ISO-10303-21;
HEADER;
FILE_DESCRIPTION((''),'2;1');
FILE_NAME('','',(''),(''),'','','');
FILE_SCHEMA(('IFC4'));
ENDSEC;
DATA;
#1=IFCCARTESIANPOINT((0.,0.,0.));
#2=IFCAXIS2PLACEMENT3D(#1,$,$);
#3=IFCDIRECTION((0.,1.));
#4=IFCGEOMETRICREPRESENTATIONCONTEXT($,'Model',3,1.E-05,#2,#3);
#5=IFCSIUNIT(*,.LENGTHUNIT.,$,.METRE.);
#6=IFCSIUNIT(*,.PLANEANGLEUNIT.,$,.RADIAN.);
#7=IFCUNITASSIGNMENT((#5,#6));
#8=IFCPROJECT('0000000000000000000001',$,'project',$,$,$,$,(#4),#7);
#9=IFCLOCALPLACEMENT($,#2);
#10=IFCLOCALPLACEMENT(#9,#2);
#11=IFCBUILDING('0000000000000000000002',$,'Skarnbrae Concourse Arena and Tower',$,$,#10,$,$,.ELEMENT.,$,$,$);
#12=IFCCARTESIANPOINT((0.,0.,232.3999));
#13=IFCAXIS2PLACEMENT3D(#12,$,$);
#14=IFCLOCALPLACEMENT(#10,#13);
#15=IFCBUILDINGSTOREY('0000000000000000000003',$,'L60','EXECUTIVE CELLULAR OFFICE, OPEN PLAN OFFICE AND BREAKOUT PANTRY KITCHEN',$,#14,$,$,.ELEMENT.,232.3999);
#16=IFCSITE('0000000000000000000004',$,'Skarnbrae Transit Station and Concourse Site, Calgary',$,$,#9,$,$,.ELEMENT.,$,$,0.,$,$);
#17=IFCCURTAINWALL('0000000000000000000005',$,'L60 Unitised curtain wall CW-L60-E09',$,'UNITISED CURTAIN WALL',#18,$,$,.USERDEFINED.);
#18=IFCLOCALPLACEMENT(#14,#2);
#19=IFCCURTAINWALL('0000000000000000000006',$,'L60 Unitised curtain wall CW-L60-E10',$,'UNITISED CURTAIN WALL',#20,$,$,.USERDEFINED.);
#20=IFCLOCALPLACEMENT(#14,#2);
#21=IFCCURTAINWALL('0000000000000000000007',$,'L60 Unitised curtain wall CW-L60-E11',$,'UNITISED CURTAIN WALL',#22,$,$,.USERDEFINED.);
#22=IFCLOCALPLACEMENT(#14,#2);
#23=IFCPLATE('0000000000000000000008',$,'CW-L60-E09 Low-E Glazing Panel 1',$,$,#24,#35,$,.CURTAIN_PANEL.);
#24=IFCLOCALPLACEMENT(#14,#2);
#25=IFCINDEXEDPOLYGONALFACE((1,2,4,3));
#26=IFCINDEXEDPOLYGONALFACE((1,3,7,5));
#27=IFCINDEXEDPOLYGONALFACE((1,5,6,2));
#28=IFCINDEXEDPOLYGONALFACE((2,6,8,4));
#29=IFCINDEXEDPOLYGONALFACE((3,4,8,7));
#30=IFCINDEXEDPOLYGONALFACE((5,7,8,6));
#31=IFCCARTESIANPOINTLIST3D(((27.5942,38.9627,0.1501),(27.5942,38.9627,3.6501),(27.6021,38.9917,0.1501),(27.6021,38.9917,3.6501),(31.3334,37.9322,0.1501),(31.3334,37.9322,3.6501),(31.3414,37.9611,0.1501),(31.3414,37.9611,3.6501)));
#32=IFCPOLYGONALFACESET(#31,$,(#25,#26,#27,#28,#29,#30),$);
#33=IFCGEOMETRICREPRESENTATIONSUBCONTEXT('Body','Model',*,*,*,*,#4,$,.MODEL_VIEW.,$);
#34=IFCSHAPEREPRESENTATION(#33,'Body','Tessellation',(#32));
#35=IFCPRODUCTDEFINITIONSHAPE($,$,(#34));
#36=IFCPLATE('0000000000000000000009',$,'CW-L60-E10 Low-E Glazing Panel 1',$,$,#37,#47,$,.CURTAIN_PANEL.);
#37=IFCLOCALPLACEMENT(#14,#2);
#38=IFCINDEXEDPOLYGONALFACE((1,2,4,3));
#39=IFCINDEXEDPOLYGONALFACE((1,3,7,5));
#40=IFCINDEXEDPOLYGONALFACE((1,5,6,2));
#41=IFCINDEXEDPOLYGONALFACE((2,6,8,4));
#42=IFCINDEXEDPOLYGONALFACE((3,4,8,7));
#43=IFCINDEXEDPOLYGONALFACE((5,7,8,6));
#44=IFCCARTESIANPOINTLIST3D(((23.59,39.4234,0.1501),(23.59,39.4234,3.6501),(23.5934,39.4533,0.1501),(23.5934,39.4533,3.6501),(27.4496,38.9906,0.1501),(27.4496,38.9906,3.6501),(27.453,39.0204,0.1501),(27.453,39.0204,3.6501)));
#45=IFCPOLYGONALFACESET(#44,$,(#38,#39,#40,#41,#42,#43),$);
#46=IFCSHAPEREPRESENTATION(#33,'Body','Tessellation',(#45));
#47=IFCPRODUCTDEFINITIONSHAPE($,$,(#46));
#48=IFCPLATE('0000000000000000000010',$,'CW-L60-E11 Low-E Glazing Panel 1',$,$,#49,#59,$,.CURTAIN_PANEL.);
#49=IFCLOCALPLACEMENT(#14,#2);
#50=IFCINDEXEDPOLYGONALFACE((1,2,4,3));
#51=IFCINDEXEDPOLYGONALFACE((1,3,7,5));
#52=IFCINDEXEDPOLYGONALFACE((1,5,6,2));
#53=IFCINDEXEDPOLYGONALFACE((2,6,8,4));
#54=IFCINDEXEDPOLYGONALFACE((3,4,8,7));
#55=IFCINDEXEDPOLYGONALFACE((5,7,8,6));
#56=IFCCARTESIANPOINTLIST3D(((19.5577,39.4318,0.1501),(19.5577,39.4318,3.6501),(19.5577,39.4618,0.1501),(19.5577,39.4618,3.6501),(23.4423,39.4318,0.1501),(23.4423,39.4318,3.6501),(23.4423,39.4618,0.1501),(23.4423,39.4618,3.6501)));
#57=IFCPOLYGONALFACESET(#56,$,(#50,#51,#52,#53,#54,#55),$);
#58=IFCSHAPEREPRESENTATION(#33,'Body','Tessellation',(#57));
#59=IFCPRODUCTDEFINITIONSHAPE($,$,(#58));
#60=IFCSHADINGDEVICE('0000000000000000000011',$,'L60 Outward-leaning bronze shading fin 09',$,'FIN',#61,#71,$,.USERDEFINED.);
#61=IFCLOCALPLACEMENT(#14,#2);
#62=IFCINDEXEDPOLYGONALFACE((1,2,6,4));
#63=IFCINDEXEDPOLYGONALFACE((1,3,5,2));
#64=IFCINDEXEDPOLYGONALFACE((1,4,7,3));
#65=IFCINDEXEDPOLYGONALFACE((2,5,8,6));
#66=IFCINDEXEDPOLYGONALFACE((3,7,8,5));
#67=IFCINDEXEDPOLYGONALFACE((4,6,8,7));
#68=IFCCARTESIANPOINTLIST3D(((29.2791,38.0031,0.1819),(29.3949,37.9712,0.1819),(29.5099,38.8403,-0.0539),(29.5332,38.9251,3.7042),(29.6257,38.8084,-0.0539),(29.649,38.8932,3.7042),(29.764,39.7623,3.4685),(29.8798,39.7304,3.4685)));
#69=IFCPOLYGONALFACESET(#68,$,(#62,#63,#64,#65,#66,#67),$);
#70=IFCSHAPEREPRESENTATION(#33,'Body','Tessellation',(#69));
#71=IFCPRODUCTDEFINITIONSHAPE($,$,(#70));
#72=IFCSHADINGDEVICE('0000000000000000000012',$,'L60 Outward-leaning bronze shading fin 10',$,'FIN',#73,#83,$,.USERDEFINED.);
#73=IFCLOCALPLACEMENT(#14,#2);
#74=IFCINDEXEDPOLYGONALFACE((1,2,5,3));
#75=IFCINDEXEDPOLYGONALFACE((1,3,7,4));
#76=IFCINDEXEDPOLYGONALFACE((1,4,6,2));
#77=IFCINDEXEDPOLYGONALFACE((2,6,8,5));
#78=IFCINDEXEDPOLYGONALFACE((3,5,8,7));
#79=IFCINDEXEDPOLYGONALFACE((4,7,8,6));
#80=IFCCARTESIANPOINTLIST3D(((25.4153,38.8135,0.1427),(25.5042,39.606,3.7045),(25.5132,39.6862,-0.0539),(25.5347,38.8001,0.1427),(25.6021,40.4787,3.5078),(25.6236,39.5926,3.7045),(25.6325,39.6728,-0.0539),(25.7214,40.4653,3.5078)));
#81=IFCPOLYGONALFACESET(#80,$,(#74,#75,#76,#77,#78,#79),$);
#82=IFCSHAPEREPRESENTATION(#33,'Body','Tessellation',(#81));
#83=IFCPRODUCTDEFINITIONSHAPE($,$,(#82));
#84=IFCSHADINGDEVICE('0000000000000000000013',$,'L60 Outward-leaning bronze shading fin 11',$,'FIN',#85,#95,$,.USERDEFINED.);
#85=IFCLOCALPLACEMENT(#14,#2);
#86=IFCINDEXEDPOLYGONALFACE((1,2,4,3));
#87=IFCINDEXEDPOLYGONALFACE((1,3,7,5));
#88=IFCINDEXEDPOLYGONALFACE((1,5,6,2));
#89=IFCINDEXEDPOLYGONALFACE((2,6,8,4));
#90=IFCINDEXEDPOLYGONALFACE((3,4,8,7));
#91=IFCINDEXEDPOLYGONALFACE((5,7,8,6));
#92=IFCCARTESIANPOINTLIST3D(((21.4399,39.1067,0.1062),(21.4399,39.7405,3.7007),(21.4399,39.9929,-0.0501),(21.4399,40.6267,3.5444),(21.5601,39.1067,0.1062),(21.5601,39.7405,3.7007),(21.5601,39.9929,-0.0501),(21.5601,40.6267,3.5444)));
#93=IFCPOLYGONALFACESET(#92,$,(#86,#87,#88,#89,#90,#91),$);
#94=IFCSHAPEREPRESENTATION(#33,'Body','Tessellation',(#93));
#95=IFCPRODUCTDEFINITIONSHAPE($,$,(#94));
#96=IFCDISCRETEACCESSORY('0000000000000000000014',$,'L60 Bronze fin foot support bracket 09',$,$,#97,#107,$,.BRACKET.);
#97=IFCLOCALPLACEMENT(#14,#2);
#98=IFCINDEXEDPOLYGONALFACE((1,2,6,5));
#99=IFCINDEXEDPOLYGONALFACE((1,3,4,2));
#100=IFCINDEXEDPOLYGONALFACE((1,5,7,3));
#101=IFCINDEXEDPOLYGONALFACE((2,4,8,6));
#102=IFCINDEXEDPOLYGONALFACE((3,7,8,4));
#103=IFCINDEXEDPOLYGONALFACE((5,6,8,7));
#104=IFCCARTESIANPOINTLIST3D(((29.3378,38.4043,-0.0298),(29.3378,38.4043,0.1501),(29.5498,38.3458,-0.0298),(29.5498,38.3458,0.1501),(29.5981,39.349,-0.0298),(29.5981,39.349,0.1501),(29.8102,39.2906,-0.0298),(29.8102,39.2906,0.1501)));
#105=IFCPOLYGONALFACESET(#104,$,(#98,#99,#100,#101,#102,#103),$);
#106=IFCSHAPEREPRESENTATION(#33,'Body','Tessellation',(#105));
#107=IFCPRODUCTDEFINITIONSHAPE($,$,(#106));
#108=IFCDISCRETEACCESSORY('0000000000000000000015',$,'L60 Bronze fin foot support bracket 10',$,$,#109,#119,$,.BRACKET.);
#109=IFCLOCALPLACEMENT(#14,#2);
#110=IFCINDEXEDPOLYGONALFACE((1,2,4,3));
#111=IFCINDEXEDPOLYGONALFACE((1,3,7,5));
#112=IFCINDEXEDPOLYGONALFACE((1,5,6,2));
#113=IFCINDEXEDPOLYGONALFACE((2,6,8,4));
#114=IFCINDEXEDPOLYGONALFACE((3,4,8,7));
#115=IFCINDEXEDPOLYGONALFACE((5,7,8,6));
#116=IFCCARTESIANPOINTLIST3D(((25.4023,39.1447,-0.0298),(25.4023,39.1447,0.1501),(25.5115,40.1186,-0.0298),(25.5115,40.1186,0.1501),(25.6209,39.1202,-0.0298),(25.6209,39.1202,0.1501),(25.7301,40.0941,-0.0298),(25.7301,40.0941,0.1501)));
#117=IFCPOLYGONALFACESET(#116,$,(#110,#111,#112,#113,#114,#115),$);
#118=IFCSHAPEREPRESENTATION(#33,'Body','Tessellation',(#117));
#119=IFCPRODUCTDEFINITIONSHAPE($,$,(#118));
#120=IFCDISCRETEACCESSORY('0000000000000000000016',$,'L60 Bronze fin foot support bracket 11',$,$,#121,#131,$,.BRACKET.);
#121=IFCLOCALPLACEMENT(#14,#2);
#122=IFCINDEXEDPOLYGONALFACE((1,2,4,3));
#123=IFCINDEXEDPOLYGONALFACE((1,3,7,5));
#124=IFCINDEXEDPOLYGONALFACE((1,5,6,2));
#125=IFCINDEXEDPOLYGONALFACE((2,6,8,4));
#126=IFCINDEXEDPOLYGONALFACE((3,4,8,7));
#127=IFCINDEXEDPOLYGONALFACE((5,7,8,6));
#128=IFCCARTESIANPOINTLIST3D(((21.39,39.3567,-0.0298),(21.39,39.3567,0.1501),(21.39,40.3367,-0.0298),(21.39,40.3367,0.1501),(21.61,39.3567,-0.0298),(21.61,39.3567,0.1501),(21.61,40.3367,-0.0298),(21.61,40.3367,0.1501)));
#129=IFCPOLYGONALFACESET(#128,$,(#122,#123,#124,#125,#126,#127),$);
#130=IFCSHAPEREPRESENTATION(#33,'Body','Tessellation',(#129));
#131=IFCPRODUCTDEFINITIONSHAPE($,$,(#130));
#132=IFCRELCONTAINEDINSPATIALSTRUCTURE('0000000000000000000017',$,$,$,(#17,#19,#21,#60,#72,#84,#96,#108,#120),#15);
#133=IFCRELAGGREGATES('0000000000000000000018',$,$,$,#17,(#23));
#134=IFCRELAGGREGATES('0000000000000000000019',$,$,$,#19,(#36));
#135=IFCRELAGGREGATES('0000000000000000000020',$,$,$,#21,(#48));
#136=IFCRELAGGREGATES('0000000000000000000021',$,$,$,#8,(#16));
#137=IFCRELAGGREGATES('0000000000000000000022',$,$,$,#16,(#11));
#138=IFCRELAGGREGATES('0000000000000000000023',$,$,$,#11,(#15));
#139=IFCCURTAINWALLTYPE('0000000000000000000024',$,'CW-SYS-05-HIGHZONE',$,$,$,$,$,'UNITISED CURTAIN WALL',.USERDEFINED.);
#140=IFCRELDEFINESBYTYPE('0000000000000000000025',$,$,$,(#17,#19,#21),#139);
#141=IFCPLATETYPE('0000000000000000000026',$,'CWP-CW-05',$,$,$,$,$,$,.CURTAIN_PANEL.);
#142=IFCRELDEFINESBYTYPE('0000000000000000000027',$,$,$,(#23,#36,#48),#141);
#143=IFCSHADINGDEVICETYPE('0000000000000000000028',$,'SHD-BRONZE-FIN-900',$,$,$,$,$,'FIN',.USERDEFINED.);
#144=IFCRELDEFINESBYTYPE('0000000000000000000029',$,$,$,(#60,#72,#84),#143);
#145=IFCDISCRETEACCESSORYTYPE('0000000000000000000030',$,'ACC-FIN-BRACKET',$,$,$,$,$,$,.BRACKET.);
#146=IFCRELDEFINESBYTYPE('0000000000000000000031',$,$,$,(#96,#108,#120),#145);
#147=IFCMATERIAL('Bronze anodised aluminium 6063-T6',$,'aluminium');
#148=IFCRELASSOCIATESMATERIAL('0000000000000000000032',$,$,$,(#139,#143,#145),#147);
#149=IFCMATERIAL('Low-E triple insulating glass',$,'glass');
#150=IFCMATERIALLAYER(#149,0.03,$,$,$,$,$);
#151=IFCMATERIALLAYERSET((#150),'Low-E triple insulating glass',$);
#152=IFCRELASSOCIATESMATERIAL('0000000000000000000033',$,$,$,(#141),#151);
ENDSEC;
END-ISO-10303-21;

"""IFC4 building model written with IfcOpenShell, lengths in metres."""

from ifc_helpers import new_model, si_unit, direction, frame, origin, origin_2d, place, context, subcontext, project, spatial, rectangle, extrude, source, transform, mapped, material, layer, layer_set, type_object, element, aggregate, save


model = new_model("IFC4")

# Units and contexts
model_context = context("Model", 3, precision=1e-05, world=origin(), true_north=direction((0.0, 1.0)))
body_context = subcontext(model_context, "Body", "Model", "MODEL_VIEW")
ifc_project = project(units=[si_unit("LENGTHUNIT", "METRE"), si_unit("PLANEANGLEUNIT", "RADIAN")], contexts=[model_context])

# Site, building, storey
site_placement = place(None, origin())
site = spatial("IfcSite", under=ifc_project, at=site_placement, Name="Skarnbrae Transit Station and Concourse Site, Calgary", CompositionType="ELEMENT", RefElevation=0.0)
building_placement = place(site_placement, origin())
building = spatial("IfcBuilding", under=site, at=building_placement, Name="Skarnbrae Concourse Arena and Tower", CompositionType="ELEMENT")
storey_placement = place(building_placement, frame((0.0, 0.0, 232.3999)))
storey = spatial("IfcBuildingStorey", under=building, at=storey_placement, Name="L60", Description="EXECUTIVE CELLULAR OFFICE, OPEN PLAN OFFICE AND BREAKOUT PANTRY KITCHEN", CompositionType="ELEMENT", Elevation=232.3999)

# Curtain walls
ifc_material_1 = material(Name="Bronze anodised aluminium 6063-T6", Category="aluminium")
curtain_wall_type = type_object("IfcCurtainWallType", Name="CW-SYS-05-HIGHZONE", ElementType="UNITISED CURTAIN WALL", PredefinedType="USERDEFINED", material=ifc_material_1)
curtain_wall_1_placement = place(storey_placement, origin())
curtain_wall_1 = element("IfcCurtainWall", 1, at=curtain_wall_1_placement, inside=storey, type_object=curtain_wall_type, Name="L60 Unitised curtain wall CW-L60-E09", ObjectType="UNITISED CURTAIN WALL", PredefinedType="USERDEFINED")
curtain_wall_2_placement = place(storey_placement, origin())
curtain_wall_2 = element("IfcCurtainWall", 2, at=curtain_wall_2_placement, inside=storey, type_object=curtain_wall_type, Name="L60 Unitised curtain wall CW-L60-E10", ObjectType="UNITISED CURTAIN WALL", PredefinedType="USERDEFINED")
curtain_wall_3_placement = place(storey_placement, origin())
curtain_wall_3 = element("IfcCurtainWall", 3, at=curtain_wall_3_placement, inside=storey, type_object=curtain_wall_type, Name="L60 Unitised curtain wall CW-L60-E11", ObjectType="UNITISED CURTAIN WALL", PredefinedType="USERDEFINED")

# Plates
ifc_material_2 = material(Name="Low-E triple insulating glass", Category="glass")
ifc_layer = layer(ifc_material_2, 0.03)
ifc_layer_set = layer_set([ifc_layer], Name="Low-E triple insulating glass")
plate_type = type_object("IfcPlateType", Name="CWP-CW-05", PredefinedType="CURTAIN_PANEL", material=ifc_layer_set)
shared_shape_1 = source(origin(), body_context, "Body", "SweptSolid", [
    extrude(rectangle(XDim=3.8787, YDim=0.03, at=origin_2d()), origin(), (0.0, 0.0, 1.0), 3.5),
])
plate_1_placement = place(storey_placement, frame((29.4678, 38.4619, 0.1501), z_axis=(0.0, 0.0, 1.0), x_axis=(-0.964057, 0.265694, 0.0)))
plate_1 = element("IfcPlate", 4, at=plate_1_placement, type_object=plate_type, Name="CW-L60-E09 Low-E Glazing Panel 1", PredefinedType="CURTAIN_PANEL", context=body_context, shape_type="MappedRepresentation", body=[
    mapped(shared_shape_1, transform((0.0, 0.0, 0.0))),
])
aggregate(curtain_wall_1, [plate_1])
shared_shape_2 = source(origin(), body_context, "Body", "SweptSolid", [
    extrude(rectangle(XDim=3.8838, YDim=0.03, at=origin_2d()), origin(), (0.0, 0.0, 1.0), 3.5),
])
plate_2_placement = place(storey_placement, frame((25.5215, 39.2219, 0.1501), z_axis=(0.0, 0.0, 1.0), x_axis=(-0.993769, 0.11146, 0.0)))
plate_2 = element("IfcPlate", 5, at=plate_2_placement, type_object=plate_type, Name="CW-L60-E10 Low-E Glazing Panel 1", PredefinedType="CURTAIN_PANEL", context=body_context, shape_type="MappedRepresentation", body=[
    mapped(shared_shape_2, transform((0.0, 0.0, 0.0))),
])
aggregate(curtain_wall_2, [plate_2])
shared_shape_3 = source(origin(), body_context, "Body", "SweptSolid", [
    extrude(rectangle(XDim=3.8845, YDim=0.03, at=origin_2d()), origin(), (0.0, 0.0, 1.0), 3.5),
])
plate_3_placement = place(storey_placement, frame((21.5, 39.4468, 0.1501), z_axis=(0.0, 0.0, 1.0), x_axis=(-1.0, 0.0, 0.0)))
plate_3 = element("IfcPlate", 6, at=plate_3_placement, type_object=plate_type, Name="CW-L60-E11 Low-E Glazing Panel 1", PredefinedType="CURTAIN_PANEL", context=body_context, shape_type="MappedRepresentation", body=[
    mapped(shared_shape_3, transform((0.0, 0.0, 0.0))),
])
aggregate(curtain_wall_3, [plate_3])

# Shading devices
shading_device_type = type_object("IfcShadingDeviceType", Name="SHD-BRONZE-FIN-900", ElementType="FIN", PredefinedType="USERDEFINED", material=ifc_material_1)
shared_shape_4 = source(origin(), body_context, "Body", "SweptSolid", [
    extrude(rectangle(XDim=0.1201, YDim=0.8999, at=origin_2d()), origin(), (0.0, 0.0, 1.0), 3.6499),
])
for number, where, z_axis, x_axis, name in (
    (7, (29.4524, 38.4058, 0.064), (0.069616, 0.252603, 0.965062), (0.964058, -0.265691, 0.0), "L60 Outward-leaning bronze shading fin 09"),
    (8, (25.5239, 39.2432, 0.0444), (0.02435, 0.217123, 0.975841), (0.99377, -0.111452, 0.0), "L60 Outward-leaning bronze shading fin 10"),
    (9, (21.5, 39.5498, 0.0281), (0.0, 0.173648, 0.984808), (1.0, 0.0, 0.0), "L60 Outward-leaning bronze shading fin 11"),
):
    element("IfcShadingDevice", number, at=place(storey_placement, frame(where, z_axis=z_axis, x_axis=x_axis)), inside=storey, type_object=shading_device_type, Name=name, ObjectType="FIN", PredefinedType="USERDEFINED", context=body_context, shape_type="MappedRepresentation", body=[
        mapped(shared_shape_4, transform((0.0, 0.0, 0.0))),
    ])

# Discrete accessories
discrete_accessory_type = type_object("IfcDiscreteAccessoryType", Name="ACC-FIN-BRACKET", PredefinedType="BRACKET", material=ifc_material_1)
shared_shape_5 = source(origin(), body_context, "Body", "SweptSolid", [
    extrude(rectangle(XDim=0.22, YDim=0.98, at=origin_2d()), origin(), (0.0, 0.0, 1.0), 0.1799),
])
for number, where, z_axis, x_axis, name in (
    (10, (29.574, 38.8474, -0.0298), (0.0, 0.0, 1.0), (0.964058, -0.265691, 0.0), "L60 Bronze fin foot support bracket 09"),
    (11, (25.5662, 39.6194, -0.0298), (0.0, 0.0, 1.0), (0.99377, -0.111452, 0.0), "L60 Bronze fin foot support bracket 10"),
    (12, (21.5, 39.8467, -0.0298), (0.0, 0.0, 1.0), (1.0, 0.0, 0.0), "L60 Bronze fin foot support bracket 11"),
):
    element("IfcDiscreteAccessory", number, at=place(storey_placement, frame(where, z_axis=z_axis, x_axis=x_axis)), inside=storey, type_object=discrete_accessory_type, Name=name, PredefinedType="BRACKET", context=body_context, shape_type="MappedRepresentation", body=[
        mapped(shared_shape_5, transform((0.0, 0.0, 0.0))),
    ])

save(model, "model.ifc")
